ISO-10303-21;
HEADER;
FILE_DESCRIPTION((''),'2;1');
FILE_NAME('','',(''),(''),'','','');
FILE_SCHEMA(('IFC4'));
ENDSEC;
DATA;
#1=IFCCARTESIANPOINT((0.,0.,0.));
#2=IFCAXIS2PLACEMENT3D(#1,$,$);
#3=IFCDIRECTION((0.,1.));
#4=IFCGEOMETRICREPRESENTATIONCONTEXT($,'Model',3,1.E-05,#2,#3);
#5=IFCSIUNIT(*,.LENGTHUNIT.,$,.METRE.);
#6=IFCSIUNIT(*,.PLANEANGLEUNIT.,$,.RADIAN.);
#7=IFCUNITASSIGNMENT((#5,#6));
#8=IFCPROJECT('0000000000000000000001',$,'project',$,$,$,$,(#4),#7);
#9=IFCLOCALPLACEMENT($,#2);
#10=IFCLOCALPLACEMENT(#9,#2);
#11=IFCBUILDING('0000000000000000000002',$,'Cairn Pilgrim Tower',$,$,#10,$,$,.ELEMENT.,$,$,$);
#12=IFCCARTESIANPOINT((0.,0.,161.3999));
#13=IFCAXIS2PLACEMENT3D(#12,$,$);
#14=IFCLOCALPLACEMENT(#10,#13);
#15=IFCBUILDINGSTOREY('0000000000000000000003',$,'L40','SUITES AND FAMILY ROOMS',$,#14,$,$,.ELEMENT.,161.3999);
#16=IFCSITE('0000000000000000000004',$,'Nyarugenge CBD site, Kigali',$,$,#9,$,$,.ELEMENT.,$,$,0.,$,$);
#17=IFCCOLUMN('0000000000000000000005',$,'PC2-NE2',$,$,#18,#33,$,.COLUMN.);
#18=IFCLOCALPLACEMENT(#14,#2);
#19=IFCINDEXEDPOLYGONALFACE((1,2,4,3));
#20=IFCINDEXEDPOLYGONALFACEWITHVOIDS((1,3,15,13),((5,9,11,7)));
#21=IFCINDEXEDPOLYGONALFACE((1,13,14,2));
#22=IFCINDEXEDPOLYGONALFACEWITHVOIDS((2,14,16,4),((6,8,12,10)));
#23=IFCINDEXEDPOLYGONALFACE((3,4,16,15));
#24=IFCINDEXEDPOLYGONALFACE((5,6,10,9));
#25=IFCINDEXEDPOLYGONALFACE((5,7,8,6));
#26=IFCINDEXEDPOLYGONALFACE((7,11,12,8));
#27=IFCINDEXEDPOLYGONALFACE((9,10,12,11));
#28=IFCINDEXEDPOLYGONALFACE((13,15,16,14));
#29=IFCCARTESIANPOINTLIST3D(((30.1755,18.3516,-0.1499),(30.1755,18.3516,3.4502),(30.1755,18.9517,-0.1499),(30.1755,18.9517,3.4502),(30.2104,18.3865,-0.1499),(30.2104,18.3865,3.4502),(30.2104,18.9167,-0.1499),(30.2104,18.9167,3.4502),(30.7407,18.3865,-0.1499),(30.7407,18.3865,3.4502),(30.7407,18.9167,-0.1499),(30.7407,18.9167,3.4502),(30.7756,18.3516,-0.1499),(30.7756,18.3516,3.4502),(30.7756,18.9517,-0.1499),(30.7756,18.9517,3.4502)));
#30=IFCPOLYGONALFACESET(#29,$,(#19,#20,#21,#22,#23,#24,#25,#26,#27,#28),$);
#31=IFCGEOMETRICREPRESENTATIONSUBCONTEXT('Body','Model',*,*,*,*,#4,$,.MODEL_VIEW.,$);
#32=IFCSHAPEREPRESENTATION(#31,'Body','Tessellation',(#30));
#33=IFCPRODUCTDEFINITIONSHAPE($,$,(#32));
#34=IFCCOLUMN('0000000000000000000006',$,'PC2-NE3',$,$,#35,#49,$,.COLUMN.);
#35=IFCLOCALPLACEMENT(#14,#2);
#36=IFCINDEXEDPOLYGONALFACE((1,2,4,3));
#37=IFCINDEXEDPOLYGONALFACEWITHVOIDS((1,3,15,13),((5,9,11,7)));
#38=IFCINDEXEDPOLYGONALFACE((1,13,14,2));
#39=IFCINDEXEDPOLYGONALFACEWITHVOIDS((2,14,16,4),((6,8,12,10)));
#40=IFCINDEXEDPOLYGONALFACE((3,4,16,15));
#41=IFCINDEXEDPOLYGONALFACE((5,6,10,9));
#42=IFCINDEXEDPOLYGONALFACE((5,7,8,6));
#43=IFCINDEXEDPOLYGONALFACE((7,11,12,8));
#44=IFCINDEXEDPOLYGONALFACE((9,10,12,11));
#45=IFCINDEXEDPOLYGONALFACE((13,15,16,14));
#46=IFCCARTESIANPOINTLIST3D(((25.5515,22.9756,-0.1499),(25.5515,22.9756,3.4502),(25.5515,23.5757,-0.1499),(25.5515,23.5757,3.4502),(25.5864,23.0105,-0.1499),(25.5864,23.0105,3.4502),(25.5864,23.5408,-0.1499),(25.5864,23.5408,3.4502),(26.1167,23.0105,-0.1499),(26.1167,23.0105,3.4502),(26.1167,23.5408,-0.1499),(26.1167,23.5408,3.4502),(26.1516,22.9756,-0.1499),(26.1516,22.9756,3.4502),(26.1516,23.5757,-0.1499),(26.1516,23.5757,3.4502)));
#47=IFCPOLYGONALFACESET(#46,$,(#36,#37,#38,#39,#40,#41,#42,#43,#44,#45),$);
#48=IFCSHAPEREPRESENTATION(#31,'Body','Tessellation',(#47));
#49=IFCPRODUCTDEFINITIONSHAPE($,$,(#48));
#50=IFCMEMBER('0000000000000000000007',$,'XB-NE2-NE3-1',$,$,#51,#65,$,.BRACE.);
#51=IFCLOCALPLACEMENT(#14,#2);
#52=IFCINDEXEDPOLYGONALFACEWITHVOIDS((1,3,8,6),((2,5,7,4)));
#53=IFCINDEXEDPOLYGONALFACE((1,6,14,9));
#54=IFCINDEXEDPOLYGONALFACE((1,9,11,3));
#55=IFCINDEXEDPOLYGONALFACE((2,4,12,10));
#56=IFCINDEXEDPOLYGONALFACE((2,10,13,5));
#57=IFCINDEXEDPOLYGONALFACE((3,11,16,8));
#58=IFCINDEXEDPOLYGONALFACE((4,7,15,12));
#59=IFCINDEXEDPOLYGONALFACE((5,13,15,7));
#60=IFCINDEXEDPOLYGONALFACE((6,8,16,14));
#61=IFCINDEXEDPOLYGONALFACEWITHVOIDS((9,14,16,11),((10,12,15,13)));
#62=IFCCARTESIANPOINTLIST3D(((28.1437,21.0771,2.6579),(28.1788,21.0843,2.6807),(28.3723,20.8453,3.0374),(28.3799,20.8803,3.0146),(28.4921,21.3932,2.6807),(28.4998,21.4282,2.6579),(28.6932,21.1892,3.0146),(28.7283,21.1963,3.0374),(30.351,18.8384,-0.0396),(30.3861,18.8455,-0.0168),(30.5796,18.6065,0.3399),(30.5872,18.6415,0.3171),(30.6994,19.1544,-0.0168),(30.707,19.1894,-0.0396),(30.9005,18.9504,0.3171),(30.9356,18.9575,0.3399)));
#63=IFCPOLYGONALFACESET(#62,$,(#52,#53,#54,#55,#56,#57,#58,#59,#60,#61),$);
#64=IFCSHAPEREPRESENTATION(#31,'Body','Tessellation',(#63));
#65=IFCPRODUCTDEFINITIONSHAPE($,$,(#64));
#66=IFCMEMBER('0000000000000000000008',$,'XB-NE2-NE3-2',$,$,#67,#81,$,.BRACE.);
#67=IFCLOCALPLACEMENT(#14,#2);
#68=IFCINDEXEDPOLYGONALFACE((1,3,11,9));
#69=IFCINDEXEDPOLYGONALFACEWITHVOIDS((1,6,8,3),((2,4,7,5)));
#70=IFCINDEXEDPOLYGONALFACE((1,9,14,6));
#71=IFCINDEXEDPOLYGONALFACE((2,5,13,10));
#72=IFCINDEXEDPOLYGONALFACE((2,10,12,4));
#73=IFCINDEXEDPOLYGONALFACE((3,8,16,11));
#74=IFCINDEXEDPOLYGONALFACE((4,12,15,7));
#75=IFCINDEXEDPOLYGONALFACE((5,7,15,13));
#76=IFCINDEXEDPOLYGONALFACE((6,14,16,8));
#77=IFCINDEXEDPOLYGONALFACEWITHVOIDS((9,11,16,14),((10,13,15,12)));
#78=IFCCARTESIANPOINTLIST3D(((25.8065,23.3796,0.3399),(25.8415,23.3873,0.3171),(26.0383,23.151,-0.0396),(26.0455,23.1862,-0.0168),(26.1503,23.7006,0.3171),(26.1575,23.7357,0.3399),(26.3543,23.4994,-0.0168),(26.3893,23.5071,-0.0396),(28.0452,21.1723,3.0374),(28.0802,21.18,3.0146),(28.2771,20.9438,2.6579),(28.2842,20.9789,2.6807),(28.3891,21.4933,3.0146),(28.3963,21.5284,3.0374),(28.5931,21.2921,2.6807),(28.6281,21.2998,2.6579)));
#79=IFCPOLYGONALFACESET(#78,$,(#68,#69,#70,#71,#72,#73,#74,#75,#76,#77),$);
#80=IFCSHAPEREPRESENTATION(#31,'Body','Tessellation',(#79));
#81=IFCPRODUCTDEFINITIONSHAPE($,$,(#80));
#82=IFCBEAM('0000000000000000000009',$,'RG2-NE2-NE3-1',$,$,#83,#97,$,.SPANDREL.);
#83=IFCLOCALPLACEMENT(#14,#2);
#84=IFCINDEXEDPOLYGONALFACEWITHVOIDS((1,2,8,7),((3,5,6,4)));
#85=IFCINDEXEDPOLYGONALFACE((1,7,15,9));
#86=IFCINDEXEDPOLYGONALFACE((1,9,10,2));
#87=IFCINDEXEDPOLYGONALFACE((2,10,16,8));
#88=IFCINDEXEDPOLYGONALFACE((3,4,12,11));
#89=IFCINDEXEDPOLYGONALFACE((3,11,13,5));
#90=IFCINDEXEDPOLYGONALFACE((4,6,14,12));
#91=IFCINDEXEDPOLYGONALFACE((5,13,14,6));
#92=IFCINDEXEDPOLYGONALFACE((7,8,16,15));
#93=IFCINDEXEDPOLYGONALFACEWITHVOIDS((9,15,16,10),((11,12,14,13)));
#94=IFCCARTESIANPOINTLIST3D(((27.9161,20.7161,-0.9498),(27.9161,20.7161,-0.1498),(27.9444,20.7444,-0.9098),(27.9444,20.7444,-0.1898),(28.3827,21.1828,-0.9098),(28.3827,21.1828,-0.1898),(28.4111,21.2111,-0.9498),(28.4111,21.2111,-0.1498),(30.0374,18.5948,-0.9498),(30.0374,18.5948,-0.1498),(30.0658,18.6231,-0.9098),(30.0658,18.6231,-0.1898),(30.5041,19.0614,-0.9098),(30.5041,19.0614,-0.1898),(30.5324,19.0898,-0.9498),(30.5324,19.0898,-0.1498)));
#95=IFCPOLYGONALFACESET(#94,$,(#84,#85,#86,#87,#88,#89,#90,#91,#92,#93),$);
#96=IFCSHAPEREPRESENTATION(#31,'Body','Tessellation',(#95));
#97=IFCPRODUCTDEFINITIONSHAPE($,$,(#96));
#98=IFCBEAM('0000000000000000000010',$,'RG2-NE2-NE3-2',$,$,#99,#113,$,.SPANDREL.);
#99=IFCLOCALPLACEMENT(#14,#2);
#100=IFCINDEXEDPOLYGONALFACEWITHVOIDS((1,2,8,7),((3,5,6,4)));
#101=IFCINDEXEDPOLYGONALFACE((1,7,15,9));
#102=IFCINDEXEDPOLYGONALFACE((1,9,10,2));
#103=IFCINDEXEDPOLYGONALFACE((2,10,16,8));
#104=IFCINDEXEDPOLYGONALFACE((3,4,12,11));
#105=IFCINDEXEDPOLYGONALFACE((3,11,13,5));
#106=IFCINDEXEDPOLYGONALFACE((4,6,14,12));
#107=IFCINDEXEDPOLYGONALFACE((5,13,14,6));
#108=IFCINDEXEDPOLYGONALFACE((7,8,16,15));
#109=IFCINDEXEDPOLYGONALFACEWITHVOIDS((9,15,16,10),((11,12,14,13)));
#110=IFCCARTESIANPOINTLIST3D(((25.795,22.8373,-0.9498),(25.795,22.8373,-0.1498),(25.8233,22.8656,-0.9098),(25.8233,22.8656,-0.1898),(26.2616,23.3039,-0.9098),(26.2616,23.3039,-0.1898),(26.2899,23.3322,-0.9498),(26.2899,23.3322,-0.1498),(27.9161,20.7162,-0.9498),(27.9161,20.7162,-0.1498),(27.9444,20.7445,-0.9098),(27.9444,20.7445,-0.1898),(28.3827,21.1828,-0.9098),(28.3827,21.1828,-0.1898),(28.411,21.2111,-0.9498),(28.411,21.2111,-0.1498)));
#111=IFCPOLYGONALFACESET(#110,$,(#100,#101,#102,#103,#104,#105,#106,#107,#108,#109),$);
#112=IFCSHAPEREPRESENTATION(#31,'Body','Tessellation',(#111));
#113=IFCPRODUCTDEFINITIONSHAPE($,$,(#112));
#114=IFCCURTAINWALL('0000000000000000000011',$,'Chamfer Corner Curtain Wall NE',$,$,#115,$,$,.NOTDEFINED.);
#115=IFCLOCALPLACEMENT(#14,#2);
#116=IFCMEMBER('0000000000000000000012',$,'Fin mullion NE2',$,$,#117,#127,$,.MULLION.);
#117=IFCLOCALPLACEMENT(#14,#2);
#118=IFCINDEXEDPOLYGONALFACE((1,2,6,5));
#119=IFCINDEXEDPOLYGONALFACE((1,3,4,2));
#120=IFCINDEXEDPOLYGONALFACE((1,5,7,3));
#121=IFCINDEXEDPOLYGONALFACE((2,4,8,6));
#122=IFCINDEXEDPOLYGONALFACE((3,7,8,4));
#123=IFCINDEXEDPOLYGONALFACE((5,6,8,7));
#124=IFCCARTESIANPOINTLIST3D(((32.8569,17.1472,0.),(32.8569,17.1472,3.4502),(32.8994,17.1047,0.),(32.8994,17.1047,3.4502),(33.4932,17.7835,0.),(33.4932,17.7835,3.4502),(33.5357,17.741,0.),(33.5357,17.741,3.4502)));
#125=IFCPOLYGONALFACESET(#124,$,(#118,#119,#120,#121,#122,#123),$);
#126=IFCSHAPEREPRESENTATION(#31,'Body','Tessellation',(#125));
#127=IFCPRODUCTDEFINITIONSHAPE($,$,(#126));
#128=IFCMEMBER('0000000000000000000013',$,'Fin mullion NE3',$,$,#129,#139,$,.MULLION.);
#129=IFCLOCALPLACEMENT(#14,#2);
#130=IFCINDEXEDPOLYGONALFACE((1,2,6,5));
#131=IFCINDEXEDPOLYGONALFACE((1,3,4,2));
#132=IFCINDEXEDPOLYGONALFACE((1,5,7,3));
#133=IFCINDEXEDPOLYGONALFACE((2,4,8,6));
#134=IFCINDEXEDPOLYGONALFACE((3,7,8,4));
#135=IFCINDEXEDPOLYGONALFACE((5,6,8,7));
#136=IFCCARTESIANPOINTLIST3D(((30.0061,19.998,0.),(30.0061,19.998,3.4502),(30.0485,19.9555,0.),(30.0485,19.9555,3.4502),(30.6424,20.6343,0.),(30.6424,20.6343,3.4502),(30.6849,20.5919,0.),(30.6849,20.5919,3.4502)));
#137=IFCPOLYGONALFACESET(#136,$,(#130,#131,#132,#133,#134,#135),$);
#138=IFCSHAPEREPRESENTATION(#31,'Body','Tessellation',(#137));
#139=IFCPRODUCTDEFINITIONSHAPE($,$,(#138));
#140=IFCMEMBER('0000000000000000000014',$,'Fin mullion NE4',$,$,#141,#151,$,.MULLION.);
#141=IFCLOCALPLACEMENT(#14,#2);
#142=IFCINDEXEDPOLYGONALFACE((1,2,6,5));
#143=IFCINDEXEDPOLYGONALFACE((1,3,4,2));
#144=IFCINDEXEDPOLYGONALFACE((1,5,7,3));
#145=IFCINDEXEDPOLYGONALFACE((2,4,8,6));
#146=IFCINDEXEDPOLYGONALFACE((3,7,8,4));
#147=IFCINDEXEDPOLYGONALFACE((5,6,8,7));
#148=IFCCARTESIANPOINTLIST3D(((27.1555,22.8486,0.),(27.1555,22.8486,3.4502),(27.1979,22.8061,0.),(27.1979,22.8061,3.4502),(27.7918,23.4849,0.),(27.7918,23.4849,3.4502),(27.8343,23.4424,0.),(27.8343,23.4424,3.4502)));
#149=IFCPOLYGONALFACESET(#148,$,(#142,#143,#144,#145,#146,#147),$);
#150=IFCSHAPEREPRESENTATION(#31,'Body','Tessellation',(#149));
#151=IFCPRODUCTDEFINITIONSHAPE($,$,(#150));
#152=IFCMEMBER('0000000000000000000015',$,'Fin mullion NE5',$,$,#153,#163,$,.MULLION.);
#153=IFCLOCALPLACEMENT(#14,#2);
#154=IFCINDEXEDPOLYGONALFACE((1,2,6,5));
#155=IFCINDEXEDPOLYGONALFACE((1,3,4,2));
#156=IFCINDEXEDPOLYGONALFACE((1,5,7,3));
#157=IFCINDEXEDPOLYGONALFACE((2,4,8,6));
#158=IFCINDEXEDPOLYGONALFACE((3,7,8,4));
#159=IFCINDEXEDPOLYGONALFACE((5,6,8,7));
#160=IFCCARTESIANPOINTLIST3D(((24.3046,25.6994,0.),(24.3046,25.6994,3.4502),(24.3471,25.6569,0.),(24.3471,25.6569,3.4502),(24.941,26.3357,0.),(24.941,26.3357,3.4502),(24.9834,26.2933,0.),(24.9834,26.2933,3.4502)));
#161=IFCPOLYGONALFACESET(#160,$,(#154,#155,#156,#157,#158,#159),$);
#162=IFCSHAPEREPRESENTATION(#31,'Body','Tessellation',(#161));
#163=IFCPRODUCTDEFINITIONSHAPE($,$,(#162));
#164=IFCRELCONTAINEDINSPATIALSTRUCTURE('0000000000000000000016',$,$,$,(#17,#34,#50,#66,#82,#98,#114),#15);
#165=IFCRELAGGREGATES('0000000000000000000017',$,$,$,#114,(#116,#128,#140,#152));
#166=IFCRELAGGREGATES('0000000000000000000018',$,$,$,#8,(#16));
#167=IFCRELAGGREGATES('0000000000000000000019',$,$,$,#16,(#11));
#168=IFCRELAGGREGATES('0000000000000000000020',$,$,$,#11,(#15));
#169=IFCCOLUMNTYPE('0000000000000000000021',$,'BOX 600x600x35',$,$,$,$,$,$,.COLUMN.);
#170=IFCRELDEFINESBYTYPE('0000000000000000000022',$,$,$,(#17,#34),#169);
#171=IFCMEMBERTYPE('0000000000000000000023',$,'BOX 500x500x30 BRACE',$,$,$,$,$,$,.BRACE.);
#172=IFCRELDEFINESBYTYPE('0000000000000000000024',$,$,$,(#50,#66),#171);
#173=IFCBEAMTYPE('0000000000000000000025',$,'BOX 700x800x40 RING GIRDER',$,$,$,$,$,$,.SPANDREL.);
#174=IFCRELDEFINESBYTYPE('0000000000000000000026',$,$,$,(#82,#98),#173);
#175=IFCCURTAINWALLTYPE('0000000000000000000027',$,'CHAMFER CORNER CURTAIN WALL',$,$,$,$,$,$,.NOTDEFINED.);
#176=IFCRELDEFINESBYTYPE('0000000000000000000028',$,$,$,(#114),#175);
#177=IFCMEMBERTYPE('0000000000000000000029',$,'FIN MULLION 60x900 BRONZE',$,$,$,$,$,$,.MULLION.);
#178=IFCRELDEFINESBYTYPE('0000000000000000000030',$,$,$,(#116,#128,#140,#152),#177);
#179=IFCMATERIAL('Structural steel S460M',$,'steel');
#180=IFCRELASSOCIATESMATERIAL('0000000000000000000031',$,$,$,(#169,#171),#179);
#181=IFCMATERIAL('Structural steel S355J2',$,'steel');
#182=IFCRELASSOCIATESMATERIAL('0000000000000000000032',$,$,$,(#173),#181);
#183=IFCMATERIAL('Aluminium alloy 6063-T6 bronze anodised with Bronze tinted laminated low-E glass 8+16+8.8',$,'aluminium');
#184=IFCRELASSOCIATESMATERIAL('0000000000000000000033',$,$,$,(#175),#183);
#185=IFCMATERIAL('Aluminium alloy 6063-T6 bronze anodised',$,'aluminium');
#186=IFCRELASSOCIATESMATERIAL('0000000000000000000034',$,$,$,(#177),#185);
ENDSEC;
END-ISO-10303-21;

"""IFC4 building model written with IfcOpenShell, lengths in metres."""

from ifc_helpers import new_model, si_unit, direction, frame, origin, origin_2d, place, context, subcontext, project, spatial, rectangle, hollow_rectangle, extrude, material, material_profile, profile_set, type_object, element, aggregate, save


model = new_model("IFC4")

# Units and contexts
model_context = context("Model", 3, precision=1e-05, world=origin(), true_north=direction((0.0, 1.0)))
body_context = subcontext(model_context, "Body", "Model", "MODEL_VIEW")
ifc_project = project(units=[si_unit("LENGTHUNIT", "METRE"), si_unit("PLANEANGLEUNIT", "RADIAN")], contexts=[model_context])

# Site, building, storey
site_placement = place(None, origin())
site = spatial("IfcSite", under=ifc_project, at=site_placement, Name="Nyarugenge CBD site, Kigali", CompositionType="ELEMENT", RefElevation=0.0)
building_placement = place(site_placement, origin())
building = spatial("IfcBuilding", under=site, at=building_placement, Name="Cairn Pilgrim Tower", CompositionType="ELEMENT")
storey_placement = place(building_placement, frame((0.0, 0.0, 161.3999)))
storey = spatial("IfcBuildingStorey", under=building, at=storey_placement, Name="L40", Description="SUITES AND FAMILY ROOMS", CompositionType="ELEMENT", Elevation=161.3999)

# Columns
ifc_material_1 = material(Name="Structural steel S460M", Category="steel")
ifc_material_profile_1 = material_profile(ifc_material_1, hollow_rectangle(XDim=0.6001, YDim=0.6001, WallThickness=0.0349, at=origin_2d()), Name="BOX 600x600x35")
ifc_profile_set_1 = profile_set([ifc_material_profile_1], Name="Structural steel S460M")
column_type = type_object("IfcColumnType", Name="BOX 600x600x35", PredefinedType="COLUMN", material=ifc_profile_set_1)
for number, where, z_axis, x_axis, name in (
    (1, (30.4756, 18.6516, -0.1499), (0.0, 0.0, 1.0), (1.0, 0.0, 0.0), "PC2-NE2"),
    (2, (25.8516, 23.2756, -0.1499), (0.0, 0.0, 1.0), (1.0, 0.0, 0.0), "PC2-NE3"),
):
    element("IfcColumn", number, at=place(storey_placement, frame(where, z_axis=z_axis, x_axis=x_axis)), inside=storey, type_object=column_type, Name=name, PredefinedType="COLUMN", context=body_context, shape_type="SweptSolid", body=[
        extrude(hollow_rectangle(XDim=0.6001, YDim=0.6001, WallThickness=0.0349, at=origin_2d()), origin(), (0.0, 0.0, 1.0), 3.6001),
    ])

# Members
ifc_material_profile_2 = material_profile(ifc_material_1, hollow_rectangle(XDim=0.5, YDim=0.5, WallThickness=0.03, at=origin_2d()), Name="BOX 500x500x30")
ifc_profile_set_2 = profile_set([ifc_material_profile_2], Name="Structural steel S460M")
member_type_1 = type_object("IfcMemberType", Name="BOX 500x500x30 BRACE", PredefinedType="BRACE", material=ifc_profile_set_2)
for number, where, z_axis, x_axis, name in (
    (3, (30.6433, 18.8979, 0.1501), (-0.53283, 0.540433, 0.651171), (-0.712098, -0.70208, 0.0), "XB-NE2-NE3-1"),
    (4, (26.0979, 23.4434, 0.1501), (0.540433, -0.53283, 0.651171), (0.70208, 0.712098, 0.0), "XB-NE2-NE3-2"),
):
    element("IfcMember", number, at=place(storey_placement, frame(where, z_axis=z_axis, x_axis=x_axis)), inside=storey, type_object=member_type_1, Name=name, PredefinedType="BRACE", context=body_context, shape_type="SweptSolid", body=[
        extrude(hollow_rectangle(XDim=0.5, YDim=0.5, WallThickness=0.03, at=origin_2d()), origin(), (0.0, 0.0, 1.0), 4.1426),
    ])

# Beams
ifc_material_2 = material(Name="Structural steel S355J2", Category="steel")
ifc_material_profile_3 = material_profile(ifc_material_2, hollow_rectangle(XDim=0.7, YDim=0.8, WallThickness=0.04, at=origin_2d()), Name="BOX 700x800x40")
ifc_profile_set_3 = profile_set([ifc_material_profile_3], Name="Structural steel S355J2")
beam_type_1 = type_object("IfcBeamType", Name="BOX 700x800x40 RING GIRDER", PredefinedType="SPANDREL", material=ifc_profile_set_3)
beam_1_placement = place(storey_placement, frame((30.2849, 18.8423, -0.5498), z_axis=(-0.707107, 0.707107, 0.0), x_axis=(-0.707107, -0.707107, 0.0)))
element("IfcBeam", 5, at=beam_1_placement, inside=storey, type_object=beam_type_1, Name="RG2-NE2-NE3-1", PredefinedType="SPANDREL", context=body_context, shape_type="SweptSolid", body=[
    extrude(hollow_rectangle(XDim=0.7, YDim=0.8, WallThickness=0.04, at=origin_2d()), origin(), (0.0, 0.0, 1.0), 3.0),
])
beam_2_placement = place(storey_placement, frame((28.1636, 20.9636, -0.5498), z_axis=(-0.707107, 0.707107, 0.0), x_axis=(-0.707107, -0.707107, 0.0)))
element("IfcBeam", 6, at=beam_2_placement, inside=storey, type_object=beam_type_1, Name="RG2-NE2-NE3-2", PredefinedType="SPANDREL", context=body_context, shape_type="SweptSolid", body=[
    extrude(hollow_rectangle(XDim=0.7, YDim=0.8, WallThickness=0.04, at=origin_2d()), origin(), (0.0, 0.0, 1.0), 2.9998),
])

# Curtain wall, members
ifc_material_3 = material(Name="Aluminium alloy 6063-T6 bronze anodised with Bronze tinted laminated low-E glass 8+16+8.8", Category="aluminium")
curtain_wall_type = type_object("IfcCurtainWallType", Name="CHAMFER CORNER CURTAIN WALL", PredefinedType="NOTDEFINED", material=ifc_material_3)
curtain_wall_placement = place(storey_placement, origin())
curtain_wall = element("IfcCurtainWall", 7, at=curtain_wall_placement, inside=storey, type_object=curtain_wall_type, Name="Chamfer Corner Curtain Wall NE", PredefinedType="NOTDEFINED")
ifc_material_4 = material(Name="Aluminium alloy 6063-T6 bronze anodised", Category="aluminium")
ifc_material_profile_4 = material_profile(ifc_material_4, rectangle(XDim=0.8999, YDim=0.0601, at=origin_2d()), Name="FIN MULLION 60x900 BRONZE")
ifc_profile_set_4 = profile_set([ifc_material_profile_4], Name="Aluminium alloy 6063-T6 bronze anodised")
member_type_2 = type_object("IfcMemberType", Name="FIN MULLION 60x900 BRONZE", PredefinedType="MULLION", material=ifc_profile_set_4)
member_1_placement = place(storey_placement, frame((33.1963, 17.4441, 0.0), z_axis=(0.0, 0.0, 1.0), x_axis=(0.707107, 0.707107, 0.0)))
member_1 = element("IfcMember", 8, at=member_1_placement, type_object=member_type_2, Name="Fin mullion NE2", PredefinedType="MULLION", context=body_context, shape_type="SweptSolid", body=[
    extrude(rectangle(XDim=0.8999, YDim=0.0601, at=origin_2d()), origin(), (0.0, 0.0, 1.0), 3.4502),
])
member_2_placement = place(storey_placement, frame((30.3455, 20.2949, 0.0), z_axis=(0.0, 0.0, 1.0), x_axis=(0.707107, 0.707107, 0.0)))
member_2 = element("IfcMember", 9, at=member_2_placement, type_object=member_type_2, Name="Fin mullion NE3", PredefinedType="MULLION", context=body_context, shape_type="SweptSolid", body=[
    extrude(rectangle(XDim=0.8999, YDim=0.0601, at=origin_2d()), origin(), (0.0, 0.0, 1.0), 3.4502),
])
member_3_placement = place(storey_placement, frame((27.4949, 23.1455, 0.0), z_axis=(0.0, 0.0, 1.0), x_axis=(0.707107, 0.707107, 0.0)))
member_3 = element("IfcMember", 10, at=member_3_placement, type_object=member_type_2, Name="Fin mullion NE4", PredefinedType="MULLION", context=body_context, shape_type="SweptSolid", body=[
    extrude(rectangle(XDim=0.8999, YDim=0.0601, at=origin_2d()), origin(), (0.0, 0.0, 1.0), 3.4502),
])
member_4_placement = place(storey_placement, frame((24.644, 25.9963, 0.0), z_axis=(0.0, 0.0, 1.0), x_axis=(0.707107, 0.707107, 0.0)))
member_4 = element("IfcMember", 11, at=member_4_placement, type_object=member_type_2, Name="Fin mullion NE5", PredefinedType="MULLION", context=body_context, shape_type="SweptSolid", body=[
    extrude(rectangle(XDim=0.8999, YDim=0.0601, at=origin_2d()), origin(), (0.0, 0.0, 1.0), 3.4502),
])

aggregate(curtain_wall, [member_1, member_2, member_3, member_4])

save(model, "model.ifc")
